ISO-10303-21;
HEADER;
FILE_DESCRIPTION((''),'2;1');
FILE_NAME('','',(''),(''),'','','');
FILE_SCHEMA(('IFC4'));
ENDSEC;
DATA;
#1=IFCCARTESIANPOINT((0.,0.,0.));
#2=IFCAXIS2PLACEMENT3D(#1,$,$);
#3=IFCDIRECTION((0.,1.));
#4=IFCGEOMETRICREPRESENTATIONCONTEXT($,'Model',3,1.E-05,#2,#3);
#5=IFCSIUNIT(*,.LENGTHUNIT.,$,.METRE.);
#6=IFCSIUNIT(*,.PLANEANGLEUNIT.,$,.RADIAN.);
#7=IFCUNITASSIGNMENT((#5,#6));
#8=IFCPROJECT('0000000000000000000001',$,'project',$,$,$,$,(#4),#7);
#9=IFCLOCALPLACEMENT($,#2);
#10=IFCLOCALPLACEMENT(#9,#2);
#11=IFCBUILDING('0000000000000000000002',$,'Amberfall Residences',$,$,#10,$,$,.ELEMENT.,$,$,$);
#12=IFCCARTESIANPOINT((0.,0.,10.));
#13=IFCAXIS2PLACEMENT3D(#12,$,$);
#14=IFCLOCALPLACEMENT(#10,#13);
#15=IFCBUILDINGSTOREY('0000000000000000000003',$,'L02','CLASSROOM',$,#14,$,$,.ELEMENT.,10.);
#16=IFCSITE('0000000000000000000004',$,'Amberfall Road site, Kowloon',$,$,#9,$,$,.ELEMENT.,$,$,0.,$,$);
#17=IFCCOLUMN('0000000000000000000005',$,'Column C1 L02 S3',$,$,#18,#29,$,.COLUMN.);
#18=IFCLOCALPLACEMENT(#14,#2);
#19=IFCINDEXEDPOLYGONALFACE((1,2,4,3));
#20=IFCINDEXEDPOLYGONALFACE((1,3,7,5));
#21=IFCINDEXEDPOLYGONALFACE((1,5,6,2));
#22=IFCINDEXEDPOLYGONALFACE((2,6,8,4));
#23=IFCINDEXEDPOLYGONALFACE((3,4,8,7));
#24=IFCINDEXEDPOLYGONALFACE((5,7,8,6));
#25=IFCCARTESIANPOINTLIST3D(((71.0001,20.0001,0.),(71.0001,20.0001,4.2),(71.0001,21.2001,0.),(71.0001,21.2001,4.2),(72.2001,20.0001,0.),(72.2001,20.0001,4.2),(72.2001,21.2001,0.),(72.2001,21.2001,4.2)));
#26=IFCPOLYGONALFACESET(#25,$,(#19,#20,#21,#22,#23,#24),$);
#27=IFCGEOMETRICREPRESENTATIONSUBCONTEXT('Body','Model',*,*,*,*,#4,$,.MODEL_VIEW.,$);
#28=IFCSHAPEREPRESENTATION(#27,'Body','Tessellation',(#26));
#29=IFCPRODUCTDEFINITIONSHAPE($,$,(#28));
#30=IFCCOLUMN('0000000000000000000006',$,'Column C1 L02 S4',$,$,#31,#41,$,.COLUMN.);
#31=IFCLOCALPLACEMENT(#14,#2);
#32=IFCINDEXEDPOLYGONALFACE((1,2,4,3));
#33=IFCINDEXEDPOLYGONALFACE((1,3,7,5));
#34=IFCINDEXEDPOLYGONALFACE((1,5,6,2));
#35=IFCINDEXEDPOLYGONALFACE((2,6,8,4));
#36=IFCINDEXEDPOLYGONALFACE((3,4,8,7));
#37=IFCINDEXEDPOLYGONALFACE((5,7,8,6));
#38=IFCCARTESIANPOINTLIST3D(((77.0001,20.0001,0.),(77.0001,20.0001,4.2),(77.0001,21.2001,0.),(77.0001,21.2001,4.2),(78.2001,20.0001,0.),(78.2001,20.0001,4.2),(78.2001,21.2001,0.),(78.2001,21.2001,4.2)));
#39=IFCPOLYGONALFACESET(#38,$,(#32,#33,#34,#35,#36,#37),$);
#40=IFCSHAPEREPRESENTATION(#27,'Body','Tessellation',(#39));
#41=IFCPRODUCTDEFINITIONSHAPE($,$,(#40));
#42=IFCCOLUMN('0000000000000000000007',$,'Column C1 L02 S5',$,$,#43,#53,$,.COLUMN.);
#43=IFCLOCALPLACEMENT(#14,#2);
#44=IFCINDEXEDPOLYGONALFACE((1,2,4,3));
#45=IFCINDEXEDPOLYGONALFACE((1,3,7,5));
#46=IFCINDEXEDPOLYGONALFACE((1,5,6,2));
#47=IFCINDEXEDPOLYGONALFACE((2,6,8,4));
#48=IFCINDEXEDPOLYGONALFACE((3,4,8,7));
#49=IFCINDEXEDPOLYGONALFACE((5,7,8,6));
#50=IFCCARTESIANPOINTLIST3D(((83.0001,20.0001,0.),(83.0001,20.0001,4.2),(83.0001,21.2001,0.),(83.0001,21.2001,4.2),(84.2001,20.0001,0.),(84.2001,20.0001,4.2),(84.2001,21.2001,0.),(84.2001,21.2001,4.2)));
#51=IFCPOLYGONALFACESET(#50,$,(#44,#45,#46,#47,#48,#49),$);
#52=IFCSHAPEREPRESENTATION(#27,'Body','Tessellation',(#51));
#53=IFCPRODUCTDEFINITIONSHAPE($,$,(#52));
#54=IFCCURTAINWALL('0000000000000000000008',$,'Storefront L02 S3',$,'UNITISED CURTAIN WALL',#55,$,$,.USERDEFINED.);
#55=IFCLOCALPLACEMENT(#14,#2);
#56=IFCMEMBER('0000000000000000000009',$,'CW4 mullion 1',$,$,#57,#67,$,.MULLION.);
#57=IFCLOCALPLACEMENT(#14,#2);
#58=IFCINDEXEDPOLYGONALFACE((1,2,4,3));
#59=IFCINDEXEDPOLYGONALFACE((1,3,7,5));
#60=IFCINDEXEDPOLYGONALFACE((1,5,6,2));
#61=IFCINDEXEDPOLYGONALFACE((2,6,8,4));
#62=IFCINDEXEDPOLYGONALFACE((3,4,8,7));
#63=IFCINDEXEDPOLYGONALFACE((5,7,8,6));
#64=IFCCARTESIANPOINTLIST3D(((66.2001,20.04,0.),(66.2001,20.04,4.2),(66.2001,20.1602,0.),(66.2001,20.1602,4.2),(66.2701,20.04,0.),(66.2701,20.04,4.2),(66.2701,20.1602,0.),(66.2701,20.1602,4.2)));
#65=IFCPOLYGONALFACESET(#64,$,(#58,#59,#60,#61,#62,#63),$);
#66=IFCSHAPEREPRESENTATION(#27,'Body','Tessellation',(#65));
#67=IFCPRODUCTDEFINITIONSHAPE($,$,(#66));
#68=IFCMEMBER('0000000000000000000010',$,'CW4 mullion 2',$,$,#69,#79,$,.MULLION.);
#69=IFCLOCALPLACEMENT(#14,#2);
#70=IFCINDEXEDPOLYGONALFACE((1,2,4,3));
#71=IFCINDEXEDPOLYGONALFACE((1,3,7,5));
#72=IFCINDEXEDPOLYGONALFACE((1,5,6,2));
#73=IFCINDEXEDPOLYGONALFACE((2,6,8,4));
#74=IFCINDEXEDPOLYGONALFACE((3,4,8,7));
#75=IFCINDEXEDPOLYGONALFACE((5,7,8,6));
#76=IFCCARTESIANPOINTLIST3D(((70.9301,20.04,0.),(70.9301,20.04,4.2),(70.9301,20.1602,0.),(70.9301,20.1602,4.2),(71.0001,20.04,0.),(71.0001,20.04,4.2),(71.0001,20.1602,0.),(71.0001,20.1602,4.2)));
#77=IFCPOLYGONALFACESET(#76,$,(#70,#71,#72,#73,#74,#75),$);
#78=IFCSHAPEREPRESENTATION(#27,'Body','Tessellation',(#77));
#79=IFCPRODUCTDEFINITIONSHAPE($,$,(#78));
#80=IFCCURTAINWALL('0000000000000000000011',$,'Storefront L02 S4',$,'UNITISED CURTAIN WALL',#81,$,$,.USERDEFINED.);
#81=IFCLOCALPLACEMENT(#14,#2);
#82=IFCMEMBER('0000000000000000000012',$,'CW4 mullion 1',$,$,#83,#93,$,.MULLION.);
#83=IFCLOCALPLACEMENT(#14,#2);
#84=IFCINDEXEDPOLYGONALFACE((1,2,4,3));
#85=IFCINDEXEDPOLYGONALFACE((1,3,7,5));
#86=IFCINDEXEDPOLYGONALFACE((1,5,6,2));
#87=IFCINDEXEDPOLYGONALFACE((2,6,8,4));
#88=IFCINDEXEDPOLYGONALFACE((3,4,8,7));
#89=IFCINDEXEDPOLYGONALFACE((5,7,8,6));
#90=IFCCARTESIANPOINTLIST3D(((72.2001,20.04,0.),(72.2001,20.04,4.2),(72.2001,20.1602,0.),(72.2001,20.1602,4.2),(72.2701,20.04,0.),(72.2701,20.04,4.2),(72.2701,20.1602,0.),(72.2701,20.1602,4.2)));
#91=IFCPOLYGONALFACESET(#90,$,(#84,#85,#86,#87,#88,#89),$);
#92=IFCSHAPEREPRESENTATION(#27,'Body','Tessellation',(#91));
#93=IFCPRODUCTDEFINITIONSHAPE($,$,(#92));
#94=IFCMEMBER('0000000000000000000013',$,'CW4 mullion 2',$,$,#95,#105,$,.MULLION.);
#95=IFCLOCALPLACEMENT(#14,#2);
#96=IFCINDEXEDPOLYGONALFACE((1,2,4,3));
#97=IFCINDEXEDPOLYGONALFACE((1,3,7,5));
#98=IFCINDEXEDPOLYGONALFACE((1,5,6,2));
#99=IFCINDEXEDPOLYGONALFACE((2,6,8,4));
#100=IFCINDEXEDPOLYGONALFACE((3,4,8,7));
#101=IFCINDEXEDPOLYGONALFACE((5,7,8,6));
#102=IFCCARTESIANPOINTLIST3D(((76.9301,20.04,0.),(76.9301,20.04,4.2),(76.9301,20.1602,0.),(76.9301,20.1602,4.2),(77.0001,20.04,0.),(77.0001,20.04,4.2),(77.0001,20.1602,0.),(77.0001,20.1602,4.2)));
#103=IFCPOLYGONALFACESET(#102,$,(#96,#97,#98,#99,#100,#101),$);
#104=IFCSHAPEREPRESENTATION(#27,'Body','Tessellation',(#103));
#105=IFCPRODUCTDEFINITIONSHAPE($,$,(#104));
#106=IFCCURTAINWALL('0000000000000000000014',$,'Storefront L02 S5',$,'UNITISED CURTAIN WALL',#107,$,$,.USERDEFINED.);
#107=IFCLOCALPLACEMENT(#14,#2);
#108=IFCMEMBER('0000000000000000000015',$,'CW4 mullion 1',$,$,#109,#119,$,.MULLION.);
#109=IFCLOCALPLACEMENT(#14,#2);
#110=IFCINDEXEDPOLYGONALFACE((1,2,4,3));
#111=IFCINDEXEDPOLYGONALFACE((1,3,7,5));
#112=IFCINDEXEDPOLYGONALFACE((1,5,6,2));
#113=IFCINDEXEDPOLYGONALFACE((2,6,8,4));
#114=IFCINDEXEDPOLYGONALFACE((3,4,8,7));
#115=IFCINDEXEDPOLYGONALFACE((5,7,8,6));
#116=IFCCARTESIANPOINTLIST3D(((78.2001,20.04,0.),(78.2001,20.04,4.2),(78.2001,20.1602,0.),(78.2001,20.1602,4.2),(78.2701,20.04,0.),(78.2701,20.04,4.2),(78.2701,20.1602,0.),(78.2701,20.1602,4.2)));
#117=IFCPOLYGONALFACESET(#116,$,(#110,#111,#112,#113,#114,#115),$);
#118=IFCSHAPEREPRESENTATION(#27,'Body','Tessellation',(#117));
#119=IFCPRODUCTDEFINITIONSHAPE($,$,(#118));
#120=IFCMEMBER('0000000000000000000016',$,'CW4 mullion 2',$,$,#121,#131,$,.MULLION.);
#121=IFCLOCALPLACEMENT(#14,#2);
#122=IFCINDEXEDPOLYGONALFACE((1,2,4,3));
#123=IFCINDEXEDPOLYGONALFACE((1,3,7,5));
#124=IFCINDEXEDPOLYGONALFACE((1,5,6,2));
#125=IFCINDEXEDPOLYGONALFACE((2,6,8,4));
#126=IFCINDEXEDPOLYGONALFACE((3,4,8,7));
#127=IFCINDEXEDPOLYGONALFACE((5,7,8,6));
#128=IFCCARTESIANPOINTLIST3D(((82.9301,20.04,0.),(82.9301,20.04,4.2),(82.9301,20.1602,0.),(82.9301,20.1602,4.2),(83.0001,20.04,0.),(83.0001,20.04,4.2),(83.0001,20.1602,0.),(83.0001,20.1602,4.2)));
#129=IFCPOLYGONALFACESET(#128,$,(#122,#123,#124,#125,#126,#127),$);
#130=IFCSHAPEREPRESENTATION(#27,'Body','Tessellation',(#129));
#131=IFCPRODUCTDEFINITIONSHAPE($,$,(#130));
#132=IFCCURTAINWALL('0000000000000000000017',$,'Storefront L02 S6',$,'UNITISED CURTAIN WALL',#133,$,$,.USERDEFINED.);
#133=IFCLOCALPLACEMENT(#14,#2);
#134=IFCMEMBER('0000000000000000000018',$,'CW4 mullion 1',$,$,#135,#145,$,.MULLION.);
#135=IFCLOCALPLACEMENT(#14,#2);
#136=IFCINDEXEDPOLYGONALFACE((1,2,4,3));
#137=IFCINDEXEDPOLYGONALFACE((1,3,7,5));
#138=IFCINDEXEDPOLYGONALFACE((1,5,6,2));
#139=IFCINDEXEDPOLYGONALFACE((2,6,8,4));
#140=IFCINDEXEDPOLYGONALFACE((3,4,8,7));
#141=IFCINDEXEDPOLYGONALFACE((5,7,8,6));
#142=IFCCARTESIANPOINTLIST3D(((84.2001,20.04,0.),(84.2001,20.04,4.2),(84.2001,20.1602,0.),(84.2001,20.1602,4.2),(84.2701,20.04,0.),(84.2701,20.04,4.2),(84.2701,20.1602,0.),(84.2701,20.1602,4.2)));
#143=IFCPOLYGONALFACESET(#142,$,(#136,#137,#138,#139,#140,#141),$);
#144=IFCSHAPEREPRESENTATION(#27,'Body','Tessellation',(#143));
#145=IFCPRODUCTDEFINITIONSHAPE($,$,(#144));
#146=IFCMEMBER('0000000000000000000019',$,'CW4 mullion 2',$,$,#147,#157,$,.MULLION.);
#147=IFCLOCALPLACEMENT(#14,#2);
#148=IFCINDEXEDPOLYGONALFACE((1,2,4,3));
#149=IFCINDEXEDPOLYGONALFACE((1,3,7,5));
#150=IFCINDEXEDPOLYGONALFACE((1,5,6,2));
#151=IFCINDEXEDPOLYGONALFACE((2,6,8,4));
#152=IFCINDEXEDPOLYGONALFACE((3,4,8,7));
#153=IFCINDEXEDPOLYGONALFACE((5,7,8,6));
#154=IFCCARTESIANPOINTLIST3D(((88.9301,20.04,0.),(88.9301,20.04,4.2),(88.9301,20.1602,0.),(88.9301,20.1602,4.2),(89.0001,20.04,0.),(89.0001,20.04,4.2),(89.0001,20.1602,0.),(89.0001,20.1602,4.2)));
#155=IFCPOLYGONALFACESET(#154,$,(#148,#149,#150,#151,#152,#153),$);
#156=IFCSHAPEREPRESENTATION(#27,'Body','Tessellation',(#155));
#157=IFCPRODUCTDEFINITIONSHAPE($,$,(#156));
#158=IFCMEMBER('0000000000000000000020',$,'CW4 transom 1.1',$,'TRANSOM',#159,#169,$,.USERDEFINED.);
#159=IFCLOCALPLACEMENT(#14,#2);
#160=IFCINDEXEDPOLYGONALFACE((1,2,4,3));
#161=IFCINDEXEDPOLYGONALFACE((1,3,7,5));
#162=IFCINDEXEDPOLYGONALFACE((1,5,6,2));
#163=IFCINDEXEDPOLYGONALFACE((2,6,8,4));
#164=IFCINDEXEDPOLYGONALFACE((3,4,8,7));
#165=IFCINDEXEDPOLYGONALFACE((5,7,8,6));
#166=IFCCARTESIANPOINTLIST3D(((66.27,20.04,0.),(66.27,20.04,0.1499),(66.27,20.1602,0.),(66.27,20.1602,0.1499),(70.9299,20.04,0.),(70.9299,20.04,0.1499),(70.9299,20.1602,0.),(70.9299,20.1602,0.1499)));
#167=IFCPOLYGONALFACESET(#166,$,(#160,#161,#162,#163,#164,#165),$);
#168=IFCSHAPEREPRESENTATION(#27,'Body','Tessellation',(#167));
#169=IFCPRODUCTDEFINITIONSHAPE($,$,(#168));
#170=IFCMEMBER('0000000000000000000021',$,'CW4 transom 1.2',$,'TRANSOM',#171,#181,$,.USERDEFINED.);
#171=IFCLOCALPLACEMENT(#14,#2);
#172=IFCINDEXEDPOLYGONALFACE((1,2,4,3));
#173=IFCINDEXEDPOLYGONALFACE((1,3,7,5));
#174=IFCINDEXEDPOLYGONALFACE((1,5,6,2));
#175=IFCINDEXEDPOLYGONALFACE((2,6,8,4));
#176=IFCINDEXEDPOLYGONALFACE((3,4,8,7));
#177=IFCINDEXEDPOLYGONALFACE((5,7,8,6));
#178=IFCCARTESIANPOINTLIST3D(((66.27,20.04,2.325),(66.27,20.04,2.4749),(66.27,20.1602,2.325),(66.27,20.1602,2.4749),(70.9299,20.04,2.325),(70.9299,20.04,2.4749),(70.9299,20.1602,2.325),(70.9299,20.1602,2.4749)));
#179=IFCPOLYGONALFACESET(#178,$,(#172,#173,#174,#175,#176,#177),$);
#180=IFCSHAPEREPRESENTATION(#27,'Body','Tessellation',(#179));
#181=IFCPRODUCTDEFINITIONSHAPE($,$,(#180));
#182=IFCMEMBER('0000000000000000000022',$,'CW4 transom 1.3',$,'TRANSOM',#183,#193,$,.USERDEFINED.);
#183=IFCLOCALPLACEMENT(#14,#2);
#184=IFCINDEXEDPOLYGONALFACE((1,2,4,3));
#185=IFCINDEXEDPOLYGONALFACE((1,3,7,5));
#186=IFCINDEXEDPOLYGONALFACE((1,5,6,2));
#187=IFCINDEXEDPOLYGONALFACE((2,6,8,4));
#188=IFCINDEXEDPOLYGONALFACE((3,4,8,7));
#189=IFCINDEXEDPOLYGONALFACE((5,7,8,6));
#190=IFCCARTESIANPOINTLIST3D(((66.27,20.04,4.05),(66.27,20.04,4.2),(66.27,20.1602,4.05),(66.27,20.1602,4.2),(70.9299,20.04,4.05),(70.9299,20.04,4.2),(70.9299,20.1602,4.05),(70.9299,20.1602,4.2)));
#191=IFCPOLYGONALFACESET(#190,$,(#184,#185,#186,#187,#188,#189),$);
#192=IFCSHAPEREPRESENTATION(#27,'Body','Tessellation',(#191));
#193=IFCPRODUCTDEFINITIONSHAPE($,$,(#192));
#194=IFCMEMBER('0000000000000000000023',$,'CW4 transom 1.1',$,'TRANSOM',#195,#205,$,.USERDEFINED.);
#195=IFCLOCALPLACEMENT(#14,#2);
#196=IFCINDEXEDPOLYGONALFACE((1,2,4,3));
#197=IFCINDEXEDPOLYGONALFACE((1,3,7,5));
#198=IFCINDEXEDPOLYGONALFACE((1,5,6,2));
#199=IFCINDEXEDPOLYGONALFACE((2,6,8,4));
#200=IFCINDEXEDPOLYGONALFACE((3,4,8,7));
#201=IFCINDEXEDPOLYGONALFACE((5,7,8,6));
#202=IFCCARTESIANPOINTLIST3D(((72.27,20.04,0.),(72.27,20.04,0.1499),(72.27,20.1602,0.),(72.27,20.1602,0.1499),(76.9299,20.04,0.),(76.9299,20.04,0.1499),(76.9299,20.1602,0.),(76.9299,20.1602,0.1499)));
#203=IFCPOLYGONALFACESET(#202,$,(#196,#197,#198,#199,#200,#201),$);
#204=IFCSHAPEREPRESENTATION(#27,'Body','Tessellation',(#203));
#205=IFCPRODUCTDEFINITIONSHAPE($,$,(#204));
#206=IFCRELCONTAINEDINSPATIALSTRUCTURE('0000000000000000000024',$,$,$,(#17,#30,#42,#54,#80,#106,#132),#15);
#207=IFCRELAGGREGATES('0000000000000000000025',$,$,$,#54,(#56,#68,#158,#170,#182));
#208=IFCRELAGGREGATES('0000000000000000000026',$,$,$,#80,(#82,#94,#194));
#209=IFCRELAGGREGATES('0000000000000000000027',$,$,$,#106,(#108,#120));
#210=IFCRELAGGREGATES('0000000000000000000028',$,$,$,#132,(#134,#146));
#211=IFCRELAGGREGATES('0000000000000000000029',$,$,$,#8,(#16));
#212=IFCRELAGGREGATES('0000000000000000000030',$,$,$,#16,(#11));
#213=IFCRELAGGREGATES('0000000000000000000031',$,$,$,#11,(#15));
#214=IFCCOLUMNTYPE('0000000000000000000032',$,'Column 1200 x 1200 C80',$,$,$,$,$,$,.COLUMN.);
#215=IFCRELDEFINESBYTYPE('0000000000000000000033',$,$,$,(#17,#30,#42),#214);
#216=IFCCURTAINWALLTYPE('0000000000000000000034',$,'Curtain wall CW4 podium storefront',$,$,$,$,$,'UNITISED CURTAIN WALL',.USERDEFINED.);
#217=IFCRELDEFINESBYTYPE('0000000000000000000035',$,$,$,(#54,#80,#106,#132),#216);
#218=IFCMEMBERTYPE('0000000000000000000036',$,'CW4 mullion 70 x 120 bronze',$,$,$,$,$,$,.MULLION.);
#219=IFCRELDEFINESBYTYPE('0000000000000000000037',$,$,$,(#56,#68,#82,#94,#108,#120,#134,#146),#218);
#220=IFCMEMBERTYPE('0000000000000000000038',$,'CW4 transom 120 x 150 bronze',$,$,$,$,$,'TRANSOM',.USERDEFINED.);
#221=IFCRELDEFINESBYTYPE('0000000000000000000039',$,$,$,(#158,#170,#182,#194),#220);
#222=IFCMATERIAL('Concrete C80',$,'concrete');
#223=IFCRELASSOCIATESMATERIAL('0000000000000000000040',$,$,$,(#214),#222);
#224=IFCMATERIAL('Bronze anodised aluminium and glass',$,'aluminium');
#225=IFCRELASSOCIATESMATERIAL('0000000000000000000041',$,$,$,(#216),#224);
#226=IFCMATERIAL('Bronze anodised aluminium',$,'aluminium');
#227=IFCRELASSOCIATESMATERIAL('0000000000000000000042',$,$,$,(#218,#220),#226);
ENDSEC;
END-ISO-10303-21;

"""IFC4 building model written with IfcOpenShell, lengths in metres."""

from ifc_helpers import new_model, si_unit, direction, frame, origin, origin_2d, place, context, subcontext, project, spatial, rectangle, extrude, material, material_profile, profile_set, type_object, element, aggregate, save


model = new_model("IFC4")

# Units and contexts
model_context = context("Model", 3, precision=1e-05, world=origin(), true_north=direction((0.0, 1.0)))
body_context = subcontext(model_context, "Body", "Model", "MODEL_VIEW")
ifc_project = project(units=[si_unit("LENGTHUNIT", "METRE"), si_unit("PLANEANGLEUNIT", "RADIAN")], contexts=[model_context])

# Site, building, storey
site_placement = place(None, origin())
site = spatial("IfcSite", under=ifc_project, at=site_placement, Name="Amberfall Road site, Kowloon", CompositionType="ELEMENT", RefElevation=0.0)
building_placement = place(site_placement, origin())
building = spatial("IfcBuilding", under=site, at=building_placement, Name="Amberfall Residences", CompositionType="ELEMENT")
storey_placement = place(building_placement, frame((0.0, 0.0, 10.0)))
storey = spatial("IfcBuildingStorey", under=building, at=storey_placement, Name="L02", Description="CLASSROOM", CompositionType="ELEMENT", Elevation=10.0)

# Columns
ifc_material_1 = material(Name="Concrete C80", Category="concrete")
ifc_material_profile_1 = material_profile(ifc_material_1, rectangle(XDim=1.2, YDim=1.2, at=origin_2d()), Name="Column 1200 x 1200 C80")
ifc_profile_set_1 = profile_set([ifc_material_profile_1], Name="Concrete C80")
column_type = type_object("IfcColumnType", Name="Column 1200 x 1200 C80", PredefinedType="COLUMN", material=ifc_profile_set_1)
for number, where, z_axis, x_axis, name in (
    (1, (71.6001, 20.6001, 0.0), (0.0, 0.0, 1.0), (1.0, 0.0, 0.0), "Column C1 L02 S3"),
    (2, (77.6001, 20.6001, 0.0), (0.0, 0.0, 1.0), (1.0, 0.0, 0.0), "Column C1 L02 S4"),
    (3, (83.6001, 20.6001, 0.0), (0.0, 0.0, 1.0), (1.0, 0.0, 0.0), "Column C1 L02 S5"),
):
    element("IfcColumn", number, at=place(storey_placement, frame(where, z_axis=z_axis, x_axis=x_axis)), inside=storey, type_object=column_type, Name=name, PredefinedType="COLUMN", context=body_context, shape_type="SweptSolid", body=[
        extrude(rectangle(XDim=1.2, YDim=1.2, at=origin_2d()), origin(), (0.0, 0.0, 1.0), 4.2),
    ])

# Curtain walls, members
ifc_material_2 = material(Name="Bronze anodised aluminium and glass", Category="aluminium")
curtain_wall_type = type_object("IfcCurtainWallType", Name="Curtain wall CW4 podium storefront", ElementType="UNITISED CURTAIN WALL", PredefinedType="USERDEFINED", material=ifc_material_2)
curtain_wall_1_placement = place(storey_placement, origin())
curtain_wall_1 = element("IfcCurtainWall", 4, at=curtain_wall_1_placement, inside=storey, type_object=curtain_wall_type, Name="Storefront L02 S3", ObjectType="UNITISED CURTAIN WALL", PredefinedType="USERDEFINED")
ifc_material_3 = material(Name="Bronze anodised aluminium", Category="aluminium")
ifc_material_profile_2 = material_profile(ifc_material_3, rectangle(XDim=0.1201, YDim=0.0701, at=origin_2d()), Name="CW4 mullion 70 x 120 bronze")
ifc_profile_set_2 = profile_set([ifc_material_profile_2], Name="Bronze anodised aluminium")
member_type_1 = type_object("IfcMemberType", Name="CW4 mullion 70 x 120 bronze", PredefinedType="MULLION", material=ifc_profile_set_2)
member_1_placement = place(storey_placement, frame((66.2351, 20.1001, 0.0), z_axis=(0.0, 0.0, 1.0), x_axis=(0.0, 1.0, 0.0)))
member_1 = element("IfcMember", 5, at=member_1_placement, type_object=member_type_1, Name="CW4 mullion 1", PredefinedType="MULLION", context=body_context, shape_type="SweptSolid", body=[
    extrude(rectangle(XDim=0.1201, YDim=0.0701, at=origin_2d()), origin(), (0.0, 0.0, 1.0), 4.2),
])
member_2_placement = place(storey_placement, frame((70.9651, 20.1001, 0.0), z_axis=(0.0, 0.0, 1.0), x_axis=(0.0, 1.0, 0.0)))
member_2 = element("IfcMember", 6, at=member_2_placement, type_object=member_type_1, Name="CW4 mullion 2", PredefinedType="MULLION", context=body_context, shape_type="SweptSolid", body=[
    extrude(rectangle(XDim=0.1201, YDim=0.0701, at=origin_2d()), origin(), (0.0, 0.0, 1.0), 4.2),
])
curtain_wall_2_placement = place(storey_placement, origin())
curtain_wall_2 = element("IfcCurtainWall", 7, at=curtain_wall_2_placement, inside=storey, type_object=curtain_wall_type, Name="Storefront L02 S4", ObjectType="UNITISED CURTAIN WALL", PredefinedType="USERDEFINED")
member_3_placement = place(storey_placement, frame((72.2351, 20.1001, 0.0), z_axis=(0.0, 0.0, 1.0), x_axis=(0.0, 1.0, 0.0)))
member_3 = element("IfcMember", 8, at=member_3_placement, type_object=member_type_1, Name="CW4 mullion 1", PredefinedType="MULLION", context=body_context, shape_type="SweptSolid", body=[
    extrude(rectangle(XDim=0.1201, YDim=0.0701, at=origin_2d()), origin(), (0.0, 0.0, 1.0), 4.2),
])
member_4_placement = place(storey_placement, frame((76.9651, 20.1001, 0.0), z_axis=(0.0, 0.0, 1.0), x_axis=(0.0, 1.0, 0.0)))
member_4 = element("IfcMember", 9, at=member_4_placement, type_object=member_type_1, Name="CW4 mullion 2", PredefinedType="MULLION", context=body_context, shape_type="SweptSolid", body=[
    extrude(rectangle(XDim=0.1201, YDim=0.0701, at=origin_2d()), origin(), (0.0, 0.0, 1.0), 4.2),
])
curtain_wall_3_placement = place(storey_placement, origin())
curtain_wall_3 = element("IfcCurtainWall", 10, at=curtain_wall_3_placement, inside=storey, type_object=curtain_wall_type, Name="Storefront L02 S5", ObjectType="UNITISED CURTAIN WALL", PredefinedType="USERDEFINED")
member_5_placement = place(storey_placement, frame((78.2351, 20.1001, 0.0), z_axis=(0.0, 0.0, 1.0), x_axis=(0.0, 1.0, 0.0)))
member_5 = element("IfcMember", 11, at=member_5_placement, type_object=member_type_1, Name="CW4 mullion 1", PredefinedType="MULLION", context=body_context, shape_type="SweptSolid", body=[
    extrude(rectangle(XDim=0.1201, YDim=0.0701, at=origin_2d()), origin(), (0.0, 0.0, 1.0), 4.2),
])
member_6_placement = place(storey_placement, frame((82.9651, 20.1001, 0.0), z_axis=(0.0, 0.0, 1.0), x_axis=(0.0, 1.0, 0.0)))
member_6 = element("IfcMember", 12, at=member_6_placement, type_object=member_type_1, Name="CW4 mullion 2", PredefinedType="MULLION", context=body_context, shape_type="SweptSolid", body=[
    extrude(rectangle(XDim=0.1201, YDim=0.0701, at=origin_2d()), origin(), (0.0, 0.0, 1.0), 4.2),
])
curtain_wall_4_placement = place(storey_placement, origin())
curtain_wall_4 = element("IfcCurtainWall", 13, at=curtain_wall_4_placement, inside=storey, type_object=curtain_wall_type, Name="Storefront L02 S6", ObjectType="UNITISED CURTAIN WALL", PredefinedType="USERDEFINED")
member_7_placement = place(storey_placement, frame((84.2351, 20.1001, 0.0), z_axis=(0.0, 0.0, 1.0), x_axis=(0.0, 1.0, 0.0)))
member_7 = element("IfcMember", 14, at=member_7_placement, type_object=member_type_1, Name="CW4 mullion 1", PredefinedType="MULLION", context=body_context, shape_type="SweptSolid", body=[
    extrude(rectangle(XDim=0.1201, YDim=0.0701, at=origin_2d()), origin(), (0.0, 0.0, 1.0), 4.2),
])
member_8_placement = place(storey_placement, frame((88.9651, 20.1001, 0.0), z_axis=(0.0, 0.0, 1.0), x_axis=(0.0, 1.0, 0.0)))
member_8 = element("IfcMember", 15, at=member_8_placement, type_object=member_type_1, Name="CW4 mullion 2", PredefinedType="MULLION", context=body_context, shape_type="SweptSolid", body=[
    extrude(rectangle(XDim=0.1201, YDim=0.0701, at=origin_2d()), origin(), (0.0, 0.0, 1.0), 4.2),
])

# Members
ifc_material_profile_3 = material_profile(ifc_material_3, rectangle(XDim=0.1201, YDim=0.1499, at=origin_2d()), Name="CW4 transom 120 x 150 bronze")
ifc_profile_set_3 = profile_set([ifc_material_profile_3], Name="Bronze anodised aluminium")
member_type_2 = type_object("IfcMemberType", Name="CW4 transom 120 x 150 bronze", ElementType="TRANSOM", PredefinedType="USERDEFINED", material=ifc_profile_set_3)
member_9_placement = place(storey_placement, frame((66.27, 20.1001, 0.075), z_axis=(1.0, 0.0, 0.0), x_axis=(0.0, 1.0, 0.0)))
member_9 = element("IfcMember", 16, at=member_9_placement, type_object=member_type_2, Name="CW4 transom 1.1", ObjectType="TRANSOM", PredefinedType="USERDEFINED", context=body_context, shape_type="SweptSolid", body=[
    extrude(rectangle(XDim=0.1201, YDim=0.1499, at=origin_2d()), origin(), (0.0, 0.0, 1.0), 4.6599),
])
member_10_placement = place(storey_placement, frame((66.27, 20.1001, 2.3999), z_axis=(1.0, 0.0, 0.0), x_axis=(0.0, 1.0, 0.0)))
member_10 = element("IfcMember", 17, at=member_10_placement, type_object=member_type_2, Name="CW4 transom 1.2", ObjectType="TRANSOM", PredefinedType="USERDEFINED", context=body_context, shape_type="SweptSolid", body=[
    extrude(rectangle(XDim=0.1201, YDim=0.1499, at=origin_2d()), origin(), (0.0, 0.0, 1.0), 4.6599),
])
member_11_placement = place(storey_placement, frame((66.27, 20.1001, 4.125), z_axis=(1.0, 0.0, 0.0), x_axis=(0.0, 1.0, 0.0)))
member_11 = element("IfcMember", 18, at=member_11_placement, type_object=member_type_2, Name="CW4 transom 1.3", ObjectType="TRANSOM", PredefinedType="USERDEFINED", context=body_context, shape_type="SweptSolid", body=[
    extrude(rectangle(XDim=0.1201, YDim=0.1499, at=origin_2d()), origin(), (0.0, 0.0, 1.0), 4.6599),
])
member_12_placement = place(storey_placement, frame((72.27, 20.1001, 0.075), z_axis=(1.0, 0.0, 0.0), x_axis=(0.0, 1.0, 0.0)))
member_12 = element("IfcMember", 19, at=member_12_placement, type_object=member_type_2, Name="CW4 transom 1.1", ObjectType="TRANSOM", PredefinedType="USERDEFINED", context=body_context, shape_type="SweptSolid", body=[
    extrude(rectangle(XDim=0.1201, YDim=0.1499, at=origin_2d()), origin(), (0.0, 0.0, 1.0), 4.6599),
])

aggregate(curtain_wall_1, [member_1, member_2, member_9, member_10, member_11])
aggregate(curtain_wall_2, [member_3, member_4, member_12])
aggregate(curtain_wall_3, [member_5, member_6])
aggregate(curtain_wall_4, [member_7, member_8])

save(model, "model.ifc")
